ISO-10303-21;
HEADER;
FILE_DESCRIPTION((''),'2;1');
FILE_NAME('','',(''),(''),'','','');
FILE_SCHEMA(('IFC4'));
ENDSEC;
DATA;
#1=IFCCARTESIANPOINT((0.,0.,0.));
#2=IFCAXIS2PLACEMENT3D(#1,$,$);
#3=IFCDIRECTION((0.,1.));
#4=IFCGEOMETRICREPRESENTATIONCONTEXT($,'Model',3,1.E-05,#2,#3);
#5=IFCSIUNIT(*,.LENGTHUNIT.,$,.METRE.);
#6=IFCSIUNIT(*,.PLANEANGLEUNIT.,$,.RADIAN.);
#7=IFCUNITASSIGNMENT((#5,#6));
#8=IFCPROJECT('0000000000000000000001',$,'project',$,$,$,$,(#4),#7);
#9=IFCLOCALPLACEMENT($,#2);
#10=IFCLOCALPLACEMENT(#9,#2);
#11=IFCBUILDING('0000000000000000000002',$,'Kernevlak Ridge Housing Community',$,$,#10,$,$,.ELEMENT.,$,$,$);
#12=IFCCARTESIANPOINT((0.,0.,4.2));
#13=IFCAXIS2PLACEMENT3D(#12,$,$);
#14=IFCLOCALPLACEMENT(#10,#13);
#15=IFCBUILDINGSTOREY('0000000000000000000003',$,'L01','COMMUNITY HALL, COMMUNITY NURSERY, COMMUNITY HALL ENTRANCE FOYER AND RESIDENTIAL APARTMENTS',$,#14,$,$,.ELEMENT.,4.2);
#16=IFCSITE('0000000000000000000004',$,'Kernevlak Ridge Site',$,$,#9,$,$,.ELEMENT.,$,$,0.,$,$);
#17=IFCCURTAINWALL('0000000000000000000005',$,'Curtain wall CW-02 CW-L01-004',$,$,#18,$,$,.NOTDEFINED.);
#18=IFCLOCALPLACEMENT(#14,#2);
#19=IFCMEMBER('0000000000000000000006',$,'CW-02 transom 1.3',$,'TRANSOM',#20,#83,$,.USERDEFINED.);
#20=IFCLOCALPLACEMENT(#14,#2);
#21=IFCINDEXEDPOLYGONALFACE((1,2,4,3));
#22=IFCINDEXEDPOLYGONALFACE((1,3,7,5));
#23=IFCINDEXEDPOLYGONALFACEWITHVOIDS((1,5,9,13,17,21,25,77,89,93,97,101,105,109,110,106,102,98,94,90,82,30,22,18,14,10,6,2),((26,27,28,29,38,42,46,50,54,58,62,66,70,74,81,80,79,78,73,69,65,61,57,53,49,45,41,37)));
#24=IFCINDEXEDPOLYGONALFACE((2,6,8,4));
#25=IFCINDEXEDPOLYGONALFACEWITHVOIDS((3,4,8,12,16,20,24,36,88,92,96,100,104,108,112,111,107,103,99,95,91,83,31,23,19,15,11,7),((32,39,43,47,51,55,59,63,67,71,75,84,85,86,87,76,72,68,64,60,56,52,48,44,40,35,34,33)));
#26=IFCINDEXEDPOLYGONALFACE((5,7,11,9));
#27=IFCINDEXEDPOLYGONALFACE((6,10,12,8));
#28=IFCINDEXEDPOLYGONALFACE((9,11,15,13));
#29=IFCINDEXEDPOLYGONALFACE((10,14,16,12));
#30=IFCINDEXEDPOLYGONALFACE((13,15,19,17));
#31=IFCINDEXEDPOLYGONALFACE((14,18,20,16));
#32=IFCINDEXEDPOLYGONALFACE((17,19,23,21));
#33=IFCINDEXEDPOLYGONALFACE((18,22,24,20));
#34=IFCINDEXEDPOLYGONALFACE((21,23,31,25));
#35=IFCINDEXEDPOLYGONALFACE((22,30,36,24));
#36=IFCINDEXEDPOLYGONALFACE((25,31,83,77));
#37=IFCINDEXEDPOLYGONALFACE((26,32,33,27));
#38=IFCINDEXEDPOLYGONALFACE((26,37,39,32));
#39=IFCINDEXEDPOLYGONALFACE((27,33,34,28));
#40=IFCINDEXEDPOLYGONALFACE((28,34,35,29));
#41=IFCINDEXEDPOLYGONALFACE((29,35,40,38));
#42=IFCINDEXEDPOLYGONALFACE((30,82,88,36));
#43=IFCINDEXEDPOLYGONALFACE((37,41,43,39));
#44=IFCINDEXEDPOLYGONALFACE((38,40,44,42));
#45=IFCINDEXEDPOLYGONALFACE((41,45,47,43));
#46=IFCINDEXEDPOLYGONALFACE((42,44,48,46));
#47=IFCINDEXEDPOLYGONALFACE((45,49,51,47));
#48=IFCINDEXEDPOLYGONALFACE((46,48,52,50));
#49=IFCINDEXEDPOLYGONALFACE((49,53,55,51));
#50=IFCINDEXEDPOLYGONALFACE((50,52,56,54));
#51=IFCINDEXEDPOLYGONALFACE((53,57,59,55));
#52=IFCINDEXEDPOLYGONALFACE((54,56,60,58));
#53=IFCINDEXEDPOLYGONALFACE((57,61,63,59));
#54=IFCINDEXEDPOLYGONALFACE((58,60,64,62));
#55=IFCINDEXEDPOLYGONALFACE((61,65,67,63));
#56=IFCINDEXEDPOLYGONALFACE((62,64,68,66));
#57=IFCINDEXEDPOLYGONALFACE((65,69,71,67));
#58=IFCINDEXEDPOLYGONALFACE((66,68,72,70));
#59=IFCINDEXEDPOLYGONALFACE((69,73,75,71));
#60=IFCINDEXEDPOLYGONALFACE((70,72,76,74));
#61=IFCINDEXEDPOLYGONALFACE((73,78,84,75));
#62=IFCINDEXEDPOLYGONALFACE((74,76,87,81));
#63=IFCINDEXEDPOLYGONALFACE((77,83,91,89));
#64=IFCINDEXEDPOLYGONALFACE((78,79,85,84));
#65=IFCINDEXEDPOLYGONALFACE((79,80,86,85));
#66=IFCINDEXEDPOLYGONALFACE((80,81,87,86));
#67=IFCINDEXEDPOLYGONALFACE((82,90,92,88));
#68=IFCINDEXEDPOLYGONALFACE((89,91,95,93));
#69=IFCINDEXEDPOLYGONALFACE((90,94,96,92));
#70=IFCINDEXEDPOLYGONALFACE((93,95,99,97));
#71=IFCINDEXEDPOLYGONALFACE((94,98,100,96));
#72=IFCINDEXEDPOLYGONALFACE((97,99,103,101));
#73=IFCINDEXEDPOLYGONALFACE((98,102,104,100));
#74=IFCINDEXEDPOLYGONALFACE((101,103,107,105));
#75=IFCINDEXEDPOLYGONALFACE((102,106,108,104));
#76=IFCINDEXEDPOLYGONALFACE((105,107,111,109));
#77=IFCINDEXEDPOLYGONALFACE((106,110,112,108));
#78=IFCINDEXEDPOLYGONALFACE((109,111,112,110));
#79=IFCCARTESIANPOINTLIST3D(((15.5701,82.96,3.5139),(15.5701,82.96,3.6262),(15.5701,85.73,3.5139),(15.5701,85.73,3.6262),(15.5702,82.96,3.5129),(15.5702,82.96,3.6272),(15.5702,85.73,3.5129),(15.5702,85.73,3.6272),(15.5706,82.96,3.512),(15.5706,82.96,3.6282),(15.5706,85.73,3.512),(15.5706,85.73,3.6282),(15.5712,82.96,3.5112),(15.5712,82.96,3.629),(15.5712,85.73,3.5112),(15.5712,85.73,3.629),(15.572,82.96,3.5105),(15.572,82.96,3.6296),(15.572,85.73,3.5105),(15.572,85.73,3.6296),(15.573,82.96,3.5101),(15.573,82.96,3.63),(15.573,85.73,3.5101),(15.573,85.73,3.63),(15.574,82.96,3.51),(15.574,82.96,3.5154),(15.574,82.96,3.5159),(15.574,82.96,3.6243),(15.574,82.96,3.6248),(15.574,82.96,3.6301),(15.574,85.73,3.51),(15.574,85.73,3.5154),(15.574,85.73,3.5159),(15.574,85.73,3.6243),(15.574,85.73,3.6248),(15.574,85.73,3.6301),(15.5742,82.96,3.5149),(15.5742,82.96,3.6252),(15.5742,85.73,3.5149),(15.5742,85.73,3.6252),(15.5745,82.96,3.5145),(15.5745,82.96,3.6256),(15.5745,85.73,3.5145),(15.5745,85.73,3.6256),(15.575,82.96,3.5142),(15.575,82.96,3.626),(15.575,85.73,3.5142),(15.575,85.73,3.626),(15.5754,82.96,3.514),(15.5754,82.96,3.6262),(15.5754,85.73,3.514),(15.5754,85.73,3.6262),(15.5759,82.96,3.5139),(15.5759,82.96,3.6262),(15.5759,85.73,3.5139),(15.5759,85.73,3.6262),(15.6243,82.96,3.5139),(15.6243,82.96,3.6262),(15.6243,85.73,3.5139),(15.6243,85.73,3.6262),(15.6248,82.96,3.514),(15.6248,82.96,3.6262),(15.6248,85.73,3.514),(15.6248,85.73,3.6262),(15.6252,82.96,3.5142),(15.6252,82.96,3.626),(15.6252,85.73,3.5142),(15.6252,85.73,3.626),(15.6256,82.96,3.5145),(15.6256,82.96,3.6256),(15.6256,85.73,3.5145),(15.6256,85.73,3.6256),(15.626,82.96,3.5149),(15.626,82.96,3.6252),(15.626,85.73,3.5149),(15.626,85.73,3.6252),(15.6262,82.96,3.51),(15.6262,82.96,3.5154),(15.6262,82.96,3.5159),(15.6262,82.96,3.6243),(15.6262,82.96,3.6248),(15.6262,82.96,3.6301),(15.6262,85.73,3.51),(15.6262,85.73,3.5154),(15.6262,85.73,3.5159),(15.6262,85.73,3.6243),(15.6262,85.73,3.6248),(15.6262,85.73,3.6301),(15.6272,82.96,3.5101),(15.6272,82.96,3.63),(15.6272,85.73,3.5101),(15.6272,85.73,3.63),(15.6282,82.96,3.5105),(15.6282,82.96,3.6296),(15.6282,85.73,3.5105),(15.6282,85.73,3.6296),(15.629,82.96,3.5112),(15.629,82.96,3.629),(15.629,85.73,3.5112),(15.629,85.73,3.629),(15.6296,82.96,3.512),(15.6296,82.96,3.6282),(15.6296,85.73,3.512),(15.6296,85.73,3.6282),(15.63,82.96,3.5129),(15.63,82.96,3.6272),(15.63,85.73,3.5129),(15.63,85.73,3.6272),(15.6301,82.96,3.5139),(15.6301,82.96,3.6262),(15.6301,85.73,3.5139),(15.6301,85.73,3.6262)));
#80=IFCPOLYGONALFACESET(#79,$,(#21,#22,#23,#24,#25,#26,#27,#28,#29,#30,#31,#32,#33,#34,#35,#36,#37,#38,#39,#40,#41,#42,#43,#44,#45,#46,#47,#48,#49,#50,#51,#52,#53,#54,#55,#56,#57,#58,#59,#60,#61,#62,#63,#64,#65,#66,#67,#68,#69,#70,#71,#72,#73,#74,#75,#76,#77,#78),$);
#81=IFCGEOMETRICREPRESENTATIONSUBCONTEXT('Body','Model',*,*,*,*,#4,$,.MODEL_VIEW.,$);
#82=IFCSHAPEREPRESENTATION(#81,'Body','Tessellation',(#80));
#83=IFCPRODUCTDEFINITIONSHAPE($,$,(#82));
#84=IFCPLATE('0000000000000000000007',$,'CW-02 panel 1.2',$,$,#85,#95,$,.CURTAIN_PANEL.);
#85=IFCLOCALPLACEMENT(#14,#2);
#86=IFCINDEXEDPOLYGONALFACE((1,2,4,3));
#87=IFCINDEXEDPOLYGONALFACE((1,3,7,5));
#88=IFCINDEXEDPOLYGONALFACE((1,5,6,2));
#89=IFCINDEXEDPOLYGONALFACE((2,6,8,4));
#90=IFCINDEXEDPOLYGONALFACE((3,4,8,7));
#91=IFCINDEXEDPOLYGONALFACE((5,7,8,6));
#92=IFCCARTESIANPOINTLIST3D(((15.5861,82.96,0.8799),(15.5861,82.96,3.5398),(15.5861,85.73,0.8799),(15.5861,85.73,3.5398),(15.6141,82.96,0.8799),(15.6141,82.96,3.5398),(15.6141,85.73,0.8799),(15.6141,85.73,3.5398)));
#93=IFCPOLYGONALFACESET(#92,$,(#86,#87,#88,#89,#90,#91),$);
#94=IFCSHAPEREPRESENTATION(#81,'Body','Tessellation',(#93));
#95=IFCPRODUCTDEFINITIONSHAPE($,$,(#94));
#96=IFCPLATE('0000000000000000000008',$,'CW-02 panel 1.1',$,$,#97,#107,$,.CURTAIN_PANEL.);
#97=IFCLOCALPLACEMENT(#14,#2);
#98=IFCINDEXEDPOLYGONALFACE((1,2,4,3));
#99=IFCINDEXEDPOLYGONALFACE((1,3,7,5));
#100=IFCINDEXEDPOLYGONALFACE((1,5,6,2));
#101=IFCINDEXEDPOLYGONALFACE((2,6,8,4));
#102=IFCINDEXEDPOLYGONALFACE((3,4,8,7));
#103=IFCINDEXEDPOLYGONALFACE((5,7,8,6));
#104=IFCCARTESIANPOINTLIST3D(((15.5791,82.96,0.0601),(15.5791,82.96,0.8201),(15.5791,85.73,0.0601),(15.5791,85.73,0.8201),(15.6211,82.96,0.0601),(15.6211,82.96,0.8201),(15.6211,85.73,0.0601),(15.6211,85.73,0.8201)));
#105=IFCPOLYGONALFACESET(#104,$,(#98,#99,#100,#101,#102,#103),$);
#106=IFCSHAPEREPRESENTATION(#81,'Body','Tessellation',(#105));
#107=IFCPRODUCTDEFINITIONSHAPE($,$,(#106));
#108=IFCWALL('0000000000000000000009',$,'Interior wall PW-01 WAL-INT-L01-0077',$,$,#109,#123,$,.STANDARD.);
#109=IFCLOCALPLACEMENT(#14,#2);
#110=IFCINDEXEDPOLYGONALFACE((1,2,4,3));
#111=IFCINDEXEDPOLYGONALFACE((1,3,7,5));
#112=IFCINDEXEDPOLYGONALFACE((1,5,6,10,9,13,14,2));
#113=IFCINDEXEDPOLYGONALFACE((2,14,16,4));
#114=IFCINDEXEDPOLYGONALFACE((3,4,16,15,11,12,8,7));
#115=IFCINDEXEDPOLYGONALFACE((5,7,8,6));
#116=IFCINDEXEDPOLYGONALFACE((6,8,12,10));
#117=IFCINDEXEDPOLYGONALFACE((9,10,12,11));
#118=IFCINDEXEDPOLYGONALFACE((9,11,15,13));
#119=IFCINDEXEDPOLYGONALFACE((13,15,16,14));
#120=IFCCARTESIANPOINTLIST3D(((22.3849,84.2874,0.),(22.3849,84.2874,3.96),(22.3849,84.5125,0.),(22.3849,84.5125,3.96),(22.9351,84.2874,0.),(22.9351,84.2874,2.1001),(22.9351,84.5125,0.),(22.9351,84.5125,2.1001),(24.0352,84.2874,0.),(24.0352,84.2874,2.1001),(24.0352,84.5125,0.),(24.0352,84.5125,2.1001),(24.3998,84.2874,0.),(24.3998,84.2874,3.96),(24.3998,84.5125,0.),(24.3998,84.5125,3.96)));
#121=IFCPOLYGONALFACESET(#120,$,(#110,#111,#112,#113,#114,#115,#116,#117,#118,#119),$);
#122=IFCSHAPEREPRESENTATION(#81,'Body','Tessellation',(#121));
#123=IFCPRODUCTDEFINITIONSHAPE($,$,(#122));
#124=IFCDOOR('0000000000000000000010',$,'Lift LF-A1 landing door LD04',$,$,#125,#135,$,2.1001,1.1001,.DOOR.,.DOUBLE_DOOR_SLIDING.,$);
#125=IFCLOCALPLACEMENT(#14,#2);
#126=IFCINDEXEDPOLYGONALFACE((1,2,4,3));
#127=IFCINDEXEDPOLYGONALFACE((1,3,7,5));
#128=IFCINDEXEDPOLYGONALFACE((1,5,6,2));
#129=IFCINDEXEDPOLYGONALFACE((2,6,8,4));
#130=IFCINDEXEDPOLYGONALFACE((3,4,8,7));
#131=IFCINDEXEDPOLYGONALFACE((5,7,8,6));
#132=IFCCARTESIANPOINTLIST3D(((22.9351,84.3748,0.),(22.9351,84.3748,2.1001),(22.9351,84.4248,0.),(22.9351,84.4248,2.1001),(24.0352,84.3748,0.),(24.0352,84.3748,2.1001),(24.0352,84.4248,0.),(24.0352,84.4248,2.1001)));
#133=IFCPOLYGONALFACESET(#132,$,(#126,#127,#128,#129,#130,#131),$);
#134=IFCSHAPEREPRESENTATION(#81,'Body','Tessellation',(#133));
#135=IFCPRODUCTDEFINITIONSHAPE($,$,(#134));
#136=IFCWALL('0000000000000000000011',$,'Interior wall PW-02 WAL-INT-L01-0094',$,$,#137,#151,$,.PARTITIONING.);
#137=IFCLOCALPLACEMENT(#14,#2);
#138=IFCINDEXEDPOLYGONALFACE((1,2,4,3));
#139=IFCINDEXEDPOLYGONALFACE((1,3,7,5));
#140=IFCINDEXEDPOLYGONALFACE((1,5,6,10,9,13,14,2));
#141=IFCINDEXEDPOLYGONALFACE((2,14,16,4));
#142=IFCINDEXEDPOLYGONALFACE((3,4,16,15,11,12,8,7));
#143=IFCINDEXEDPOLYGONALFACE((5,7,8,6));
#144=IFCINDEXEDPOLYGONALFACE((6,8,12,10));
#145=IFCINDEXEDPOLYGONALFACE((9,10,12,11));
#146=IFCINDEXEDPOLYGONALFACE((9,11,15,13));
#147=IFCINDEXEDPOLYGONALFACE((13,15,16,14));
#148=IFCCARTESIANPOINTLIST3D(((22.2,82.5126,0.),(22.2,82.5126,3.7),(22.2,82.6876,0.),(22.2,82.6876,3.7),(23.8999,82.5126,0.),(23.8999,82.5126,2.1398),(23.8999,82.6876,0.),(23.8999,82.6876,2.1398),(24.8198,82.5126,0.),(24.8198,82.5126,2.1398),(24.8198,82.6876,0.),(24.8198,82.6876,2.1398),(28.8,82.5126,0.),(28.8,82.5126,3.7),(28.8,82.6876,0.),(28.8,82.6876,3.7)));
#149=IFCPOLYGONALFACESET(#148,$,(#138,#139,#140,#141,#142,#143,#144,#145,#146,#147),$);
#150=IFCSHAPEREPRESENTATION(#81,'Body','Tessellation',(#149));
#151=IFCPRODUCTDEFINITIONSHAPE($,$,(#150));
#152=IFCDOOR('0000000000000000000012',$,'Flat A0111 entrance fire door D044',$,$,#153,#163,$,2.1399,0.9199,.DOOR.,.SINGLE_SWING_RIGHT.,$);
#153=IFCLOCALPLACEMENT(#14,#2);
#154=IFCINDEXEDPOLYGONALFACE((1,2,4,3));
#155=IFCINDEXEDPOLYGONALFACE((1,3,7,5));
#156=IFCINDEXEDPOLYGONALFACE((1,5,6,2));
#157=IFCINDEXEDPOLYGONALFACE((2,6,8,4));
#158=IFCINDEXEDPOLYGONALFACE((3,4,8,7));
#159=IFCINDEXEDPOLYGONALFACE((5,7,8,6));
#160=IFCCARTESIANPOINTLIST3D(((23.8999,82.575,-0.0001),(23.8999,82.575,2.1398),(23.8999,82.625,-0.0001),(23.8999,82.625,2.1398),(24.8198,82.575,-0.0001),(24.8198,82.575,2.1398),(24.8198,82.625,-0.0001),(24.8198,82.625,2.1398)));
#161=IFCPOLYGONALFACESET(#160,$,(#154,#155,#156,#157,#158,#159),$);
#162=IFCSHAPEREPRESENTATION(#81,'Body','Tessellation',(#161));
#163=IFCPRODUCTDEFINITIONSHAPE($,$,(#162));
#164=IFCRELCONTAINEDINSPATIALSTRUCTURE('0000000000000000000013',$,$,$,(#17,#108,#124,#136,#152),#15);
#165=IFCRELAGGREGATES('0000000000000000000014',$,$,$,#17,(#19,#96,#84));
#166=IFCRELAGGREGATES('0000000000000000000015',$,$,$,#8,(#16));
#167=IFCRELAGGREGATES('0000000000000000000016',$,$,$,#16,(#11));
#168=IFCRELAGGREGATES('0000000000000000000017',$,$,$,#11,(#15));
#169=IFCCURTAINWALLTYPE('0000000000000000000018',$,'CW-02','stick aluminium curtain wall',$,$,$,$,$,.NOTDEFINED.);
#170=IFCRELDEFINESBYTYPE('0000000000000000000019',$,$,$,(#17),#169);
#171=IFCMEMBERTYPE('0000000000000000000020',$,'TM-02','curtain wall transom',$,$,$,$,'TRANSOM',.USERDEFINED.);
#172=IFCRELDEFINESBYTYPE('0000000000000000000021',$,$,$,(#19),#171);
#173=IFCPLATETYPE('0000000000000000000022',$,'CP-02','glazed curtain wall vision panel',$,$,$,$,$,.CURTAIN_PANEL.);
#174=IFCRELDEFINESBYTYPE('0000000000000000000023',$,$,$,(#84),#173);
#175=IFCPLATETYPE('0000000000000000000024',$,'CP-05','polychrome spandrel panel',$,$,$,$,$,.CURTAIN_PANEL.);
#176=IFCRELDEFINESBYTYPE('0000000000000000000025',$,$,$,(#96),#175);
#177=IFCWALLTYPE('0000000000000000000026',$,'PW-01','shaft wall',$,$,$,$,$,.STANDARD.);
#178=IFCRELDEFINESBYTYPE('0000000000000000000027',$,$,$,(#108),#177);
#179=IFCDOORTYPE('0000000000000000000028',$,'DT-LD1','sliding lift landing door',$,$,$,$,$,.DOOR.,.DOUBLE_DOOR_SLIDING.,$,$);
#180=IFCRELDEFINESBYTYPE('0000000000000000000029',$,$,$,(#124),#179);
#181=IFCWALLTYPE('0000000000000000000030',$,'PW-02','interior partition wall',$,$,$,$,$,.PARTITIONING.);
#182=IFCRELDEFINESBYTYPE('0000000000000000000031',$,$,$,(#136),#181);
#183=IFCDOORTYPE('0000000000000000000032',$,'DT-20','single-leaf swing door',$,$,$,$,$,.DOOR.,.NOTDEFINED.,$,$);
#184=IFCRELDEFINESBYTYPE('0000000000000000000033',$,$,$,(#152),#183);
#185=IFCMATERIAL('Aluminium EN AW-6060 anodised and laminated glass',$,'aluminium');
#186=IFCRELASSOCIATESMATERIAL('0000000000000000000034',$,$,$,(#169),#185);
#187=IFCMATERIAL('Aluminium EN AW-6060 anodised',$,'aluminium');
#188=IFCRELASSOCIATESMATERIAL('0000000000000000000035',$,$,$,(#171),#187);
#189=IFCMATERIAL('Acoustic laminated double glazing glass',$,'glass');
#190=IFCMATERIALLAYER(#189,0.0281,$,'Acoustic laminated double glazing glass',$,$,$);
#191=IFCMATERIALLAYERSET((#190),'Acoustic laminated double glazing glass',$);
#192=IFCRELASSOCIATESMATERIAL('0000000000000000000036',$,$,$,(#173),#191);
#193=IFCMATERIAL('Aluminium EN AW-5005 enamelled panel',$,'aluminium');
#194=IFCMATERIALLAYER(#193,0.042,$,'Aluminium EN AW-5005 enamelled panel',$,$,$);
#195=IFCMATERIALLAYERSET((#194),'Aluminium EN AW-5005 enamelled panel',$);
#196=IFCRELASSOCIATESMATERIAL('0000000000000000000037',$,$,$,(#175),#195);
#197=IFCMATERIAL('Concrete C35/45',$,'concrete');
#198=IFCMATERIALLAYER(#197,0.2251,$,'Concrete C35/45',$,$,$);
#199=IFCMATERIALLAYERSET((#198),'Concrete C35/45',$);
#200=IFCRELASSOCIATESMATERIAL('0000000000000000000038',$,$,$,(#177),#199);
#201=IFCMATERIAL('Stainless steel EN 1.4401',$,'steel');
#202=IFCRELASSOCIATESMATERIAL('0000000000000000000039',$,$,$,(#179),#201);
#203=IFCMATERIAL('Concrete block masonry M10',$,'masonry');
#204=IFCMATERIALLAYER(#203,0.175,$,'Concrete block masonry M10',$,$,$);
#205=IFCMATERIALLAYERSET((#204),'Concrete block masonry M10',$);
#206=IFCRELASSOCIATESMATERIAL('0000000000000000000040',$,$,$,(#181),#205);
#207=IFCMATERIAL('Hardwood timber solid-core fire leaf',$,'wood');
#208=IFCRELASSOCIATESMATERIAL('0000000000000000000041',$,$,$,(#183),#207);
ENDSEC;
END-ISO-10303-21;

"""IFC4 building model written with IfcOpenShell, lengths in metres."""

from ifc_helpers import new_model, si_unit, direction, frame, frame_2d, origin, origin_2d, place, context, subcontext, project, spatial, rectangle, hollow_rectangle, extrude, material, layer, layer_set, material_profile, profile_set, type_object, element, fill, aggregate, save


model = new_model("IFC4")

# Units and contexts
model_context = context("Model", 3, precision=1e-05, world=origin(), true_north=direction((0.0, 1.0)))
body_context = subcontext(model_context, "Body", "Model", "MODEL_VIEW")
ifc_project = project(units=[si_unit("LENGTHUNIT", "METRE"), si_unit("PLANEANGLEUNIT", "RADIAN")], contexts=[model_context])

# Site, building, storey
site_placement = place(None, origin())
site = spatial("IfcSite", under=ifc_project, at=site_placement, Name="Kernevlak Ridge Site", CompositionType="ELEMENT", RefElevation=0.0)
building_placement = place(site_placement, origin())
building = spatial("IfcBuilding", under=site, at=building_placement, Name="Kernevlak Ridge Housing Community", CompositionType="ELEMENT")
storey_placement = place(building_placement, frame((0.0, 0.0, 4.2)))
storey = spatial("IfcBuildingStorey", under=building, at=storey_placement, Name="L01", Description="COMMUNITY HALL, COMMUNITY NURSERY, COMMUNITY HALL ENTRANCE FOYER AND RESIDENTIAL APARTMENTS", CompositionType="ELEMENT", Elevation=4.2)

# Shared definitions
ifc_material_1 = material(Name="Concrete C35/45", Category="concrete")

# Curtain wall
ifc_material_2 = material(Name="Aluminium EN AW-6060 anodised and laminated glass", Category="aluminium")
curtain_wall_type = type_object("IfcCurtainWallType", Name="CW-02", Description="stick aluminium curtain wall", PredefinedType="NOTDEFINED", material=ifc_material_2)
curtain_wall_placement = place(storey_placement, origin())
curtain_wall = element("IfcCurtainWall", 1, at=curtain_wall_placement, inside=storey, type_object=curtain_wall_type, Name="Curtain wall CW-02 CW-L01-004", PredefinedType="NOTDEFINED")
ifc_material_3 = material(Name="Aluminium EN AW-6060 anodised", Category="aluminium")

# Member
ifc_material_profile_1 = material_profile(ifc_material_3, hollow_rectangle(XDim=0.0601, YDim=0.1201, WallThickness=0.0039, InnerFilletRadius=0.002, OuterFilletRadius=0.0039, at=origin_2d()), Name="ALU 60x120x4")
ifc_profile_set_1 = profile_set([ifc_material_profile_1], Name="Aluminium EN AW-6060 anodised")
member_type_1 = type_object("IfcMemberType", Name="TM-02", Description="curtain wall transom", ElementType="TRANSOM", PredefinedType="USERDEFINED", material=ifc_profile_set_1)
member_1_placement = place(storey_placement, frame((15.6001, 82.96, 3.5701), z_axis=(0.0, 1.0, 0.0), x_axis=(-1.0, 0.0, 0.0)))
member_1 = element("IfcMember", 2, at=member_1_placement, type_object=member_type_1, Name="CW-02 transom 1.3", ObjectType="TRANSOM", PredefinedType="USERDEFINED", context=body_context, shape_type="SweptSolid", body=[
    extrude(hollow_rectangle(XDim=0.0601, YDim=0.1201, WallThickness=0.0039, InnerFilletRadius=0.002, OuterFilletRadius=0.0039, at=origin_2d()), origin(), (0.0, 0.0, 1.0), 2.77),
])

# Plates
ifc_material_4 = material(Name="Acoustic laminated double glazing glass", Category="glass")
ifc_layer_1 = layer(ifc_material_4, 0.0281, Name="Acoustic laminated double glazing glass")
ifc_layer_set_1 = layer_set([ifc_layer_1], Name="Acoustic laminated double glazing glass")
plate_type_1 = type_object("IfcPlateType", Name="CP-02", Description="glazed curtain wall vision panel", PredefinedType="CURTAIN_PANEL", material=ifc_layer_set_1)
plate_1_placement = place(storey_placement, frame((15.6001, 84.345, 0.8799), z_axis=(0.0, 0.0, 1.0), x_axis=(0.0, 1.0, 0.0)))
plate_1 = element("IfcPlate", 3, at=plate_1_placement, type_object=plate_type_1, Name="CW-02 panel 1.2", PredefinedType="CURTAIN_PANEL", context=body_context, shape_type="SweptSolid", body=[
    extrude(rectangle(XDim=2.77, YDim=0.0281, at=origin_2d()), origin(), (0.0, 0.0, 1.0), 2.6599),
])
ifc_material_5 = material(Name="Aluminium EN AW-5005 enamelled panel", Category="aluminium")
ifc_layer_2 = layer(ifc_material_5, 0.042, Name="Aluminium EN AW-5005 enamelled panel")
ifc_layer_set_2 = layer_set([ifc_layer_2], Name="Aluminium EN AW-5005 enamelled panel")
plate_type_2 = type_object("IfcPlateType", Name="CP-05", Description="polychrome spandrel panel", PredefinedType="CURTAIN_PANEL", material=ifc_layer_set_2)
plate_2_placement = place(storey_placement, frame((15.6001, 84.345, 0.0601), z_axis=(0.0, 0.0, 1.0), x_axis=(0.0, 1.0, 0.0)))
plate_2 = element("IfcPlate", 4, at=plate_2_placement, type_object=plate_type_2, Name="CW-02 panel 1.1", PredefinedType="CURTAIN_PANEL", context=body_context, shape_type="SweptSolid", body=[
    extrude(rectangle(XDim=2.77, YDim=0.042, at=origin_2d()), origin(), (0.0, 0.0, 1.0), 0.76),
])
aggregate(curtain_wall, [member_1, plate_2, plate_1])

# Walls, openings, doors
ifc_layer_3 = layer(ifc_material_1, 0.2251, Name="Concrete C35/45")
ifc_layer_set_3 = layer_set([ifc_layer_3], Name="Concrete C35/45")
wall_type_1 = type_object("IfcWallType", Name="PW-01", Description="shaft wall", PredefinedType="STANDARD", material=ifc_layer_set_3)
wall_1_placement = place(storey_placement, frame((22.385, 84.3999, 0.0), z_axis=(0.0, 0.0, 1.0), x_axis=(1.0, 0.0, 0.0)))
wall_1 = element("IfcWall", 5, at=wall_1_placement, inside=storey, type_object=wall_type_1, Name="Interior wall PW-01 WAL-INT-L01-0077", PredefinedType="STANDARD", context=body_context, shape_type="SweptSolid", body=[
    extrude(rectangle(XDim=2.0149, YDim=0.2251, at=frame_2d((1.0073, 0.0))), origin(), (0.0, 0.0, 1.0), 3.96),
])
opening_1_placement = place(wall_1_placement, frame((0.55, 0.0, 0.0)))
opening_1 = element("IfcOpeningElement", 6, at=opening_1_placement, cuts=wall_1, PredefinedType="OPENING", context=body_context, shape_type="SweptSolid", body=[
    extrude(rectangle(XDim=1.1001, YDim=2.1001, at=frame_2d((0.55, 1.05))), frame((0.0, 0.1226, 0.0), z_axis=(0.0, -1.0, 0.0), x_axis=(1.0, 0.0, 0.0)), (0.0, 0.0, 1.0), 0.2451),
])
ifc_material_6 = material(Name="Stainless steel EN 1.4401", Category="steel")
door_type_1 = type_object("IfcDoorType", Name="DT-LD1", Description="sliding lift landing door", OperationType="DOUBLE_DOOR_SLIDING", PredefinedType="DOOR", material=ifc_material_6)
door_1_placement = place(opening_1_placement, origin())
door_1 = element("IfcDoor", 7, at=door_1_placement, inside=storey, type_object=door_type_1, Name="Lift LF-A1 landing door LD04", OperationType="DOUBLE_DOOR_SLIDING", OverallHeight=2.1001, OverallWidth=1.1001, PredefinedType="DOOR", context=body_context, shape_type="SweptSolid", body=[
    extrude(rectangle(XDim=1.1001, YDim=2.1001, at=frame_2d((0.55, 1.05))), frame((0.0, 0.0249, 0.0), z_axis=(0.0, -1.0, 0.0), x_axis=(1.0, 0.0, 0.0)), (0.0, 0.0, 1.0), 0.05),
])
fill(opening_1, door_1)
ifc_material_7 = material(Name="Concrete block masonry M10", Category="masonry")
ifc_layer_4 = layer(ifc_material_7, 0.175, Name="Concrete block masonry M10")
ifc_layer_set_4 = layer_set([ifc_layer_4], Name="Concrete block masonry M10")
wall_type_2 = type_object("IfcWallType", Name="PW-02", Description="interior partition wall", PredefinedType="PARTITIONING", material=ifc_layer_set_4)
wall_2_placement = place(storey_placement, frame((22.2, 82.6001, 0.0), z_axis=(0.0, 0.0, 1.0), x_axis=(1.0, 0.0, 0.0)))
wall_2 = element("IfcWall", 8, at=wall_2_placement, inside=storey, type_object=wall_type_2, Name="Interior wall PW-02 WAL-INT-L01-0094", PredefinedType="PARTITIONING", context=body_context, shape_type="SweptSolid", body=[
    extrude(rectangle(XDim=6.6001, YDim=0.175, at=frame_2d((3.3, 0.0))), origin(), (0.0, 0.0, 1.0), 3.7),
])
opening_2_placement = place(wall_2_placement, frame((1.7, 0.0, 0.0)))
opening_2 = element("IfcOpeningElement", 9, at=opening_2_placement, cuts=wall_2, PredefinedType="OPENING", context=body_context, shape_type="SweptSolid", body=[
    extrude(rectangle(XDim=0.9199, YDim=2.1399, at=frame_2d((0.46, 1.0698))), frame((0.0, 0.0974, 0.0), z_axis=(0.0, -1.0, 0.0), x_axis=(1.0, 0.0, 0.0)), (0.0, 0.0, 1.0), 0.1951),
])
ifc_material_8 = material(Name="Hardwood timber solid-core fire leaf", Category="wood")
door_type_2 = type_object("IfcDoorType", Name="DT-20", Description="single-leaf swing door", OperationType="NOTDEFINED", PredefinedType="DOOR", material=ifc_material_8)
door_2_placement = place(opening_2_placement, origin())
door_2 = element("IfcDoor", 10, at=door_2_placement, inside=storey, type_object=door_type_2, Name="Flat A0111 entrance fire door D044", OperationType="SINGLE_SWING_RIGHT", OverallHeight=2.1399, OverallWidth=0.9199, PredefinedType="DOOR", context=body_context, shape_type="SweptSolid", body=[
    extrude(rectangle(XDim=0.9199, YDim=2.1399, at=frame_2d((0.46, 1.0698))), frame((0.0, 0.0249, 0.0), z_axis=(0.0, -1.0, 0.0), x_axis=(1.0, 0.0, 0.0)), (0.0, 0.0, 1.0), 0.05),
])
fill(opening_2, door_2)

save(model, "model.ifc")
